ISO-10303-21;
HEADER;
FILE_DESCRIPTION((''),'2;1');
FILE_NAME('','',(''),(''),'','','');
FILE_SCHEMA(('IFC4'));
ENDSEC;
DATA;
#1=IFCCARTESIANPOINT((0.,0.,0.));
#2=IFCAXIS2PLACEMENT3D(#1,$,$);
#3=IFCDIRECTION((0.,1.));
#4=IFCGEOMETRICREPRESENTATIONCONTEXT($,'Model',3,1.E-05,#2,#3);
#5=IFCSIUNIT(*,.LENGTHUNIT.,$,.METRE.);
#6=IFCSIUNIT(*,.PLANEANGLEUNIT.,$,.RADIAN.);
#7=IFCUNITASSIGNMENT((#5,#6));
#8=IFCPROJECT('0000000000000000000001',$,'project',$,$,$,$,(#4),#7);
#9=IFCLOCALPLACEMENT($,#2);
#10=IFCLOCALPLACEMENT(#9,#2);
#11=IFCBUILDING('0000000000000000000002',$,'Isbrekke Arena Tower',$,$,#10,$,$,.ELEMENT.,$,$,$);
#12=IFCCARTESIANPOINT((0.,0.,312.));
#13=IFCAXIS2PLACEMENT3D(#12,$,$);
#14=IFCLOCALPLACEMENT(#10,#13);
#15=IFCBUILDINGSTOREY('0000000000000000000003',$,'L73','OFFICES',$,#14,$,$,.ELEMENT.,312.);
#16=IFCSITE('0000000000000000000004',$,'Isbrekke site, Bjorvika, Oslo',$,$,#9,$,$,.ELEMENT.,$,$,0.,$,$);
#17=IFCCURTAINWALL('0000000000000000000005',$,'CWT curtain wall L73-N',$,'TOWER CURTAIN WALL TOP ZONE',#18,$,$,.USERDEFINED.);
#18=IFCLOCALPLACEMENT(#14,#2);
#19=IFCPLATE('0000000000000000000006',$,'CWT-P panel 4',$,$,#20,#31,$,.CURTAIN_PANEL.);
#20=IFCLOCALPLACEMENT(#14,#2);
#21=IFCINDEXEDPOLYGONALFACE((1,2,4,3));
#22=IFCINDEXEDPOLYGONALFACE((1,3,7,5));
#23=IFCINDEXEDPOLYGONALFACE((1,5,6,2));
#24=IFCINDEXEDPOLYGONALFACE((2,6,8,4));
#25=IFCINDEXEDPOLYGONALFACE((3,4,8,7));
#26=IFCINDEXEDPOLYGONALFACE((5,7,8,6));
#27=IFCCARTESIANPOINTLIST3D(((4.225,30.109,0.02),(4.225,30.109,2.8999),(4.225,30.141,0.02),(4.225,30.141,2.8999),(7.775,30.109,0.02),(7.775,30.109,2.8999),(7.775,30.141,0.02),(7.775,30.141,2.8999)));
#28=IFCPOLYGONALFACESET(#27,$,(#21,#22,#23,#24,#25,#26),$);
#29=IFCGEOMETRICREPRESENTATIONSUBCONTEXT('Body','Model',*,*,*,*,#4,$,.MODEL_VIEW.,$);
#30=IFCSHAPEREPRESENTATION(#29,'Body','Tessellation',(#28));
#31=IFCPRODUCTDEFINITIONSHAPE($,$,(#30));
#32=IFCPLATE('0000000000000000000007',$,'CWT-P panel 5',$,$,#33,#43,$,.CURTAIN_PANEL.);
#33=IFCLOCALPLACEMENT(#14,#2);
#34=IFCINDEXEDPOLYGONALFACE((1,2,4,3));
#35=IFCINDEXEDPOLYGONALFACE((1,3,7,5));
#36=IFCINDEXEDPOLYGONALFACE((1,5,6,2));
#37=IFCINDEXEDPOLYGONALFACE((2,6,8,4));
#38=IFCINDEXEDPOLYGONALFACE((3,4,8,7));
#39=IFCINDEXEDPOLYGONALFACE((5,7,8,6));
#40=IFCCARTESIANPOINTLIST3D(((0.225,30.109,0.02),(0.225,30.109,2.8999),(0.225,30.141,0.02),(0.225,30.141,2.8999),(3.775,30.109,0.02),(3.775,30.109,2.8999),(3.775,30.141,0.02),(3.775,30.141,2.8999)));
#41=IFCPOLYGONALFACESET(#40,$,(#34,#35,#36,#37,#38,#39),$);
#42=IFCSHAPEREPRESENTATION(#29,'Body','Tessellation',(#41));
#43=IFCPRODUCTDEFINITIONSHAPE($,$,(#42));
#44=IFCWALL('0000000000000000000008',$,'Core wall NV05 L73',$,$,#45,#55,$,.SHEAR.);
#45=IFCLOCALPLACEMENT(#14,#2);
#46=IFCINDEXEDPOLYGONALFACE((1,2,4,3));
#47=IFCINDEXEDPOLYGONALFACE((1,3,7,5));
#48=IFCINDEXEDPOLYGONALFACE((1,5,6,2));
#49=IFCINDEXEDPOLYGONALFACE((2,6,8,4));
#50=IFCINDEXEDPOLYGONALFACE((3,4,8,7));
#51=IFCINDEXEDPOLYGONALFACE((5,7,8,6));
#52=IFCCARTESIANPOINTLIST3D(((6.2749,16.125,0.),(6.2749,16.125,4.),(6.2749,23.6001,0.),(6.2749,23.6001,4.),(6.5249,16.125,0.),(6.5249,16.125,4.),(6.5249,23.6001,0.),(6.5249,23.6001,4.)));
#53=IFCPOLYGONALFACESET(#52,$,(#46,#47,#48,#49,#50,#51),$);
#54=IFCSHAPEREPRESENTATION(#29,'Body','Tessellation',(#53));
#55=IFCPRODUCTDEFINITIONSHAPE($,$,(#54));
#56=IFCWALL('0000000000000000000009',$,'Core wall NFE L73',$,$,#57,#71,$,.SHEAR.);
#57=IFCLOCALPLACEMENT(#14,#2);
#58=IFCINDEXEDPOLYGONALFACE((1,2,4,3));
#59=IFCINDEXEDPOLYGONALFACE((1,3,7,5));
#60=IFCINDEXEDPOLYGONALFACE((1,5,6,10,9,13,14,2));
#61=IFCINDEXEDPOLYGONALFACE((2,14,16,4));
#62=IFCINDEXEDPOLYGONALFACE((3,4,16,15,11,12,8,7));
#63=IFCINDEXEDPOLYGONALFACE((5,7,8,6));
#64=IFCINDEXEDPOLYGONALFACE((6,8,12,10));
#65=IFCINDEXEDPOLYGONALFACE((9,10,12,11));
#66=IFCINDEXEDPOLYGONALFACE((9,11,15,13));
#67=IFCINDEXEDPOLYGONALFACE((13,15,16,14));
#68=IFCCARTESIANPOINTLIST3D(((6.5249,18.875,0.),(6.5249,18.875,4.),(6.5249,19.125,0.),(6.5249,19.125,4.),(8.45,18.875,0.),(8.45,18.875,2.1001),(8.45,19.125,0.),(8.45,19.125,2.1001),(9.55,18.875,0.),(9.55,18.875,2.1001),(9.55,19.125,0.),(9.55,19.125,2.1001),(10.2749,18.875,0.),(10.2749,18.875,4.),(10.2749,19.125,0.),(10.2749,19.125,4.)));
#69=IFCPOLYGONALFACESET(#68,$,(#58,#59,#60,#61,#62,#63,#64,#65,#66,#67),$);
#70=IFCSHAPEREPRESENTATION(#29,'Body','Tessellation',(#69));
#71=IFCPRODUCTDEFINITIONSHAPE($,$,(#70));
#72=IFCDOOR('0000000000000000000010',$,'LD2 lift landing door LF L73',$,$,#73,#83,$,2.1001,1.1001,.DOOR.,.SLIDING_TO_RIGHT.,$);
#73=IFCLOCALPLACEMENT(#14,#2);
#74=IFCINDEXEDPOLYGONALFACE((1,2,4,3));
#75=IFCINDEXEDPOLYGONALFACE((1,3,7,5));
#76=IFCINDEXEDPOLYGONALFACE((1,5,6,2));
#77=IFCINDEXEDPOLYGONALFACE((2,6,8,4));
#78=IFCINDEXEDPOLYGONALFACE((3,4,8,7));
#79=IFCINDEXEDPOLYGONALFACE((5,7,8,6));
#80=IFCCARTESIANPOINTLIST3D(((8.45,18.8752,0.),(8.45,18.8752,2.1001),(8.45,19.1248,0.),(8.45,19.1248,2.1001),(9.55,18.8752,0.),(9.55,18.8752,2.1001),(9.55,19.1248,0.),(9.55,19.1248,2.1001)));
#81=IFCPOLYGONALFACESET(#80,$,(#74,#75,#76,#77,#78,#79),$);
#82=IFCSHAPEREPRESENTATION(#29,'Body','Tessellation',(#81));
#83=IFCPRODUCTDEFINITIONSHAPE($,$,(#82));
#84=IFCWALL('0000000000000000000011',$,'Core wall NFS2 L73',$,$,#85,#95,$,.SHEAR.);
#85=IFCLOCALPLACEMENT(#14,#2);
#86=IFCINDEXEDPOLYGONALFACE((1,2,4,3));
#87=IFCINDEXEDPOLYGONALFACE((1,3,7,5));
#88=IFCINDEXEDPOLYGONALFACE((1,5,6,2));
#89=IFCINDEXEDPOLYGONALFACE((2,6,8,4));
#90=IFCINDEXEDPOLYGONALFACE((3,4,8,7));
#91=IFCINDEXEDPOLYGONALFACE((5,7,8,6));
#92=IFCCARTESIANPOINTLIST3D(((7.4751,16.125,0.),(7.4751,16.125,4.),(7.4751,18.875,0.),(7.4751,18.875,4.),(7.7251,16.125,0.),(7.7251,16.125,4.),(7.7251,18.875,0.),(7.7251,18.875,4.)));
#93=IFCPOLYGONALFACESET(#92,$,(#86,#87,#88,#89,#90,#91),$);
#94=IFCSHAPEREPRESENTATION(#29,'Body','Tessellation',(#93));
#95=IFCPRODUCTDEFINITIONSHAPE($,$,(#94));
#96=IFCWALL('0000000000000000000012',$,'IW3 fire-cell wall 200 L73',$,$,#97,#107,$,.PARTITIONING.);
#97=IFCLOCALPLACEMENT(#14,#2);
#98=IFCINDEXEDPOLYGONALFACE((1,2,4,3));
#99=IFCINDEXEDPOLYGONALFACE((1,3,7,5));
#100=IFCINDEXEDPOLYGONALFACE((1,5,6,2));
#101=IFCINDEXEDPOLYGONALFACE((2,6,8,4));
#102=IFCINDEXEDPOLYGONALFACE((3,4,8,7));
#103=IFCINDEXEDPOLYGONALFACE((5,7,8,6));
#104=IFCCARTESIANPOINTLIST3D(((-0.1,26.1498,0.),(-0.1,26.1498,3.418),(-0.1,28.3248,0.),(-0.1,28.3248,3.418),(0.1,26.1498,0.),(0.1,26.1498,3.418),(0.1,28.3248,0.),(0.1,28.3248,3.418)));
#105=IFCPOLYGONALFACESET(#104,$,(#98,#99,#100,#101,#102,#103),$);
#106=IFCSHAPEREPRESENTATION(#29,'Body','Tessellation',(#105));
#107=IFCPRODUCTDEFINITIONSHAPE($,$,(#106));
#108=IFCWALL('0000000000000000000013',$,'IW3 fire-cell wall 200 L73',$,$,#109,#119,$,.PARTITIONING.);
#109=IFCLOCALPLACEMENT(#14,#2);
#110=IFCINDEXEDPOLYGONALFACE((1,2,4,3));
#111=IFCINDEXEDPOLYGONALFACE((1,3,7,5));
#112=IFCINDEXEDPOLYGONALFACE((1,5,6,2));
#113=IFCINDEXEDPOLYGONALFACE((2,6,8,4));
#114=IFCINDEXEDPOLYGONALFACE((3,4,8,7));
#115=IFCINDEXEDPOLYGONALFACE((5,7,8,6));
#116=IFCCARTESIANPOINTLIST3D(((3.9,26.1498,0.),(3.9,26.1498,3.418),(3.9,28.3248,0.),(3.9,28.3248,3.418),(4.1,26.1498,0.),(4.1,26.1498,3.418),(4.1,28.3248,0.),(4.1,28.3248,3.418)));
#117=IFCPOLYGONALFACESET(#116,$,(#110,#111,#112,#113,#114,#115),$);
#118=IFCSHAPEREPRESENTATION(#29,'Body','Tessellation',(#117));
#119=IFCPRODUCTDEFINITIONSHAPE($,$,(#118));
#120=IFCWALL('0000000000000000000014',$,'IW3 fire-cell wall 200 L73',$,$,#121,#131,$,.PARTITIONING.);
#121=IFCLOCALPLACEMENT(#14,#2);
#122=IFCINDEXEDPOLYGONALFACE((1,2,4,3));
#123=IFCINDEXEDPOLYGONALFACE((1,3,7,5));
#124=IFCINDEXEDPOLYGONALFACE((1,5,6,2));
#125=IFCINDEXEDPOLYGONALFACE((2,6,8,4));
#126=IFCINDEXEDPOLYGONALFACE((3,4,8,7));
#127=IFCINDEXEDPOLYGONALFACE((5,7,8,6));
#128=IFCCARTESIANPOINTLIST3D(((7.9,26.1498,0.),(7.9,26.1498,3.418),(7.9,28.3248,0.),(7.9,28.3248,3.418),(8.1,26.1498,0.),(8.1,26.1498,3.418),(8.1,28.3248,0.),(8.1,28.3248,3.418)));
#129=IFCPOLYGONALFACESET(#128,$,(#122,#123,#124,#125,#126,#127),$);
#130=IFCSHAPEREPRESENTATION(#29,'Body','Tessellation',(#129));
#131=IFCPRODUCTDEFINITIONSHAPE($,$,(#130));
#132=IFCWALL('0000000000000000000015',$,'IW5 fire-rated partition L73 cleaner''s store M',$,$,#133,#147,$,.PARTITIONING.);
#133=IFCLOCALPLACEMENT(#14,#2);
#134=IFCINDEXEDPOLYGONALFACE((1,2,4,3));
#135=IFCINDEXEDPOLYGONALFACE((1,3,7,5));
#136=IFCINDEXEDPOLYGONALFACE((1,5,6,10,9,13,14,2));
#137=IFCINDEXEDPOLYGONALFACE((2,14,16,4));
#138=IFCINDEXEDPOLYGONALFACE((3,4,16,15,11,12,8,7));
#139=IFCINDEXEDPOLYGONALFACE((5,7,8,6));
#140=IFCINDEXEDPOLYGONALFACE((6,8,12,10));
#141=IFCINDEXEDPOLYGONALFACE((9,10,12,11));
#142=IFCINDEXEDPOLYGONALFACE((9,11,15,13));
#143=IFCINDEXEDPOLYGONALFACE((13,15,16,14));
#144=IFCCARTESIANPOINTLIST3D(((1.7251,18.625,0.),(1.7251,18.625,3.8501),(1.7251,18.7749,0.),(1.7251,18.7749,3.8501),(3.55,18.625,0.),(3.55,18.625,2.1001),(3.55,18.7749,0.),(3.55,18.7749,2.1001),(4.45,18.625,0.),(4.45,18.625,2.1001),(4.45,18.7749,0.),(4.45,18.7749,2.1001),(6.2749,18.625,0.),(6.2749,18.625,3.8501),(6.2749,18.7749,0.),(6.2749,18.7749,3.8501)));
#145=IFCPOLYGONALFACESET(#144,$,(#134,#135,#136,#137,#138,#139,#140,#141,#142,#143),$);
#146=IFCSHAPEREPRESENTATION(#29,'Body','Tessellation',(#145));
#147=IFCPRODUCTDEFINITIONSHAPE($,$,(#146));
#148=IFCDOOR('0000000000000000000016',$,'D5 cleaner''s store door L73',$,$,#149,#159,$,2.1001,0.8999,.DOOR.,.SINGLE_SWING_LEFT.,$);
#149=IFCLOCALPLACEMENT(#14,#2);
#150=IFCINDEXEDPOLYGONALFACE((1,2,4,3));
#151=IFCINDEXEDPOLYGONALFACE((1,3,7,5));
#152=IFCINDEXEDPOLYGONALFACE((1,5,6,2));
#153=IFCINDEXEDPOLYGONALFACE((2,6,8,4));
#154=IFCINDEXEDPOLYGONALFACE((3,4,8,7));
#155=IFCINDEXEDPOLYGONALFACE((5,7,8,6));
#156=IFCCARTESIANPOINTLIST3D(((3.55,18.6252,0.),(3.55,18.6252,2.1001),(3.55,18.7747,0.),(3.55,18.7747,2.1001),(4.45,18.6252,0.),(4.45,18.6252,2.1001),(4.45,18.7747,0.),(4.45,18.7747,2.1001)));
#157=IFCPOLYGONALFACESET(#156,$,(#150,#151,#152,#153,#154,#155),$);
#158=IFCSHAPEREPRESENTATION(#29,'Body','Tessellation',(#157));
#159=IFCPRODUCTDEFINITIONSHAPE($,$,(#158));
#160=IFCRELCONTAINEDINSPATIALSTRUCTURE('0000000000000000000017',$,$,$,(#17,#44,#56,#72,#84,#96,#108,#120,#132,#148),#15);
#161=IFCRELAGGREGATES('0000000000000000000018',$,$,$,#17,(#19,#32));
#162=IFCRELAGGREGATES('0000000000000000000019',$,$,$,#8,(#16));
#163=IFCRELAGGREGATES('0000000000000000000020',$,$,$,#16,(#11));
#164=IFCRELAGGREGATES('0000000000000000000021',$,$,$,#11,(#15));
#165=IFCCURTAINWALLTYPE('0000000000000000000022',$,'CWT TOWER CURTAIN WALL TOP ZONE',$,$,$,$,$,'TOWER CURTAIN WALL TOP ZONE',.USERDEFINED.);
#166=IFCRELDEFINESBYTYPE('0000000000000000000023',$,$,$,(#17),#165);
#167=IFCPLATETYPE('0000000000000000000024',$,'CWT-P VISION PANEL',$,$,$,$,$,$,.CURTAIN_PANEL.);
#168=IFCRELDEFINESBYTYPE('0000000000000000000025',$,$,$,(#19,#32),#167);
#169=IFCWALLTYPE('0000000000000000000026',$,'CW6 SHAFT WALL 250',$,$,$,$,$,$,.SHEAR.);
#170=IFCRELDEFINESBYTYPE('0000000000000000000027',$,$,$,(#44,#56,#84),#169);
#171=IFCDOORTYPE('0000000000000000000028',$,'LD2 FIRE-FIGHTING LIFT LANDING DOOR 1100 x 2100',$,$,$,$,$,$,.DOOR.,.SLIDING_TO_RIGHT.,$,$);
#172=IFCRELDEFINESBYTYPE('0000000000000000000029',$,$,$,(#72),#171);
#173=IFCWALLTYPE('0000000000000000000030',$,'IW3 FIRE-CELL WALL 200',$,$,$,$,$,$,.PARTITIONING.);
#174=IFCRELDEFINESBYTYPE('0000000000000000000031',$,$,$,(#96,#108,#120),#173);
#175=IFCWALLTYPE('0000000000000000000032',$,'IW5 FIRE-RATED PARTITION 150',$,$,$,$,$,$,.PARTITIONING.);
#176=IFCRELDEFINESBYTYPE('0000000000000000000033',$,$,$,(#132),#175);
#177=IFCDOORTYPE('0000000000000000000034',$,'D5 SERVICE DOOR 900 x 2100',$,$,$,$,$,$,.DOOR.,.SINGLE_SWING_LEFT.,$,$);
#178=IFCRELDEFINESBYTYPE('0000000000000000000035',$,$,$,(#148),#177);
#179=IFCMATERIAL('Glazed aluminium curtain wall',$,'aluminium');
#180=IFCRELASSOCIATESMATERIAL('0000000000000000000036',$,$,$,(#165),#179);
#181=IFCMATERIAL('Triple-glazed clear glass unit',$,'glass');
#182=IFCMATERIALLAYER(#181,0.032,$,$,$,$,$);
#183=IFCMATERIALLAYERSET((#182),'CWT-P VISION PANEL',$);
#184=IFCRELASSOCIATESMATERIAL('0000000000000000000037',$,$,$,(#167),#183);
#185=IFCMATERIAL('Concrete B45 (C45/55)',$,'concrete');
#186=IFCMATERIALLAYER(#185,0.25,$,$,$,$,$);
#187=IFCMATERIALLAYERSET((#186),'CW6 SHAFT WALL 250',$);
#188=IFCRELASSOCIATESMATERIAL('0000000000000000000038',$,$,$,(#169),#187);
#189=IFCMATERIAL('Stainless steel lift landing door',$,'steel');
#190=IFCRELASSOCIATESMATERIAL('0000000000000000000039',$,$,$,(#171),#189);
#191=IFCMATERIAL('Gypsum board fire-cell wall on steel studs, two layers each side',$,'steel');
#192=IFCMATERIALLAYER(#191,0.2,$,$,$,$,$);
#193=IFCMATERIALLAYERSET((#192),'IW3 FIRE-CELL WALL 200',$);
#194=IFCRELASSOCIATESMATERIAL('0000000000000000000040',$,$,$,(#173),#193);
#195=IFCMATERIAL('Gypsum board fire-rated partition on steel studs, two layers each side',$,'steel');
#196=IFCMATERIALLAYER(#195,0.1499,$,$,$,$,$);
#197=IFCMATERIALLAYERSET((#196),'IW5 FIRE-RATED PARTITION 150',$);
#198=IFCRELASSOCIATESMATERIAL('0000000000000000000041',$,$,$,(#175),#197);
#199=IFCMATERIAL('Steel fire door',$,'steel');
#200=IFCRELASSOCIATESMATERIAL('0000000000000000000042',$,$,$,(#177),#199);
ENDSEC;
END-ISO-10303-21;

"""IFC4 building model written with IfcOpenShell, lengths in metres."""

from ifc_helpers import new_model, si_unit, direction, frame, frame_2d, origin, origin_2d, place, context, subcontext, project, spatial, rectangle, extrude, material, layer, layer_set, type_object, element, fill, aggregate, save


model = new_model("IFC4")

# Units and contexts
model_context = context("Model", 3, precision=1e-05, world=origin(), true_north=direction((0.0, 1.0)))
body_context = subcontext(model_context, "Body", "Model", "MODEL_VIEW")
ifc_project = project(units=[si_unit("LENGTHUNIT", "METRE"), si_unit("PLANEANGLEUNIT", "RADIAN")], contexts=[model_context])

# Site, building, storey
site_placement = place(None, origin())
site = spatial("IfcSite", under=ifc_project, at=site_placement, Name="Isbrekke site, Bjorvika, Oslo", CompositionType="ELEMENT", RefElevation=0.0)
building_placement = place(site_placement, origin())
building = spatial("IfcBuilding", under=site, at=building_placement, Name="Isbrekke Arena Tower", CompositionType="ELEMENT")
storey_placement = place(building_placement, frame((0.0, 0.0, 312.0)))
storey = spatial("IfcBuildingStorey", under=building, at=storey_placement, Name="L73", Description="OFFICES", CompositionType="ELEMENT", Elevation=312.0)

# Curtain wall
ifc_material_1 = material(Name="Glazed aluminium curtain wall", Category="aluminium")
curtain_wall_type = type_object("IfcCurtainWallType", Name="CWT TOWER CURTAIN WALL TOP ZONE", ElementType="TOWER CURTAIN WALL TOP ZONE", PredefinedType="USERDEFINED", material=ifc_material_1)
curtain_wall_placement = place(storey_placement, origin())
curtain_wall = element("IfcCurtainWall", 1, at=curtain_wall_placement, inside=storey, type_object=curtain_wall_type, Name="CWT curtain wall L73-N", ObjectType="TOWER CURTAIN WALL TOP ZONE", PredefinedType="USERDEFINED")

# Plates
ifc_material_2 = material(Name="Triple-glazed clear glass unit", Category="glass")
ifc_layer_1 = layer(ifc_material_2, 0.032)
ifc_layer_set_1 = layer_set([ifc_layer_1], Name="CWT-P VISION PANEL")
plate_type = type_object("IfcPlateType", Name="CWT-P VISION PANEL", PredefinedType="CURTAIN_PANEL", material=ifc_layer_set_1)
plate_1_placement = place(storey_placement, frame((6.0, 30.125, 0.02), z_axis=(0.0, 0.0, 1.0), x_axis=(-1.0, 0.0, 0.0)))
plate_1 = element("IfcPlate", 2, at=plate_1_placement, type_object=plate_type, Name="CWT-P panel 4", PredefinedType="CURTAIN_PANEL", context=body_context, shape_type="SweptSolid", body=[
    extrude(rectangle(XDim=3.55, YDim=0.032, at=origin_2d()), origin(), (0.0, 0.0, 1.0), 2.8799),
])
plate_2_placement = place(storey_placement, frame((2.0, 30.125, 0.02), z_axis=(0.0, 0.0, 1.0), x_axis=(-1.0, 0.0, 0.0)))
plate_2 = element("IfcPlate", 3, at=plate_2_placement, type_object=plate_type, Name="CWT-P panel 5", PredefinedType="CURTAIN_PANEL", context=body_context, shape_type="SweptSolid", body=[
    extrude(rectangle(XDim=3.55, YDim=0.032, at=origin_2d()), origin(), (0.0, 0.0, 1.0), 2.8799),
])
aggregate(curtain_wall, [plate_1, plate_2])

# Wall
ifc_material_3 = material(Name="Concrete B45 (C45/55)", Category="concrete")
ifc_layer_2 = layer(ifc_material_3, 0.25)
ifc_layer_set_2 = layer_set([ifc_layer_2], Name="CW6 SHAFT WALL 250")
wall_type_1 = type_object("IfcWallType", Name="CW6 SHAFT WALL 250", PredefinedType="SHEAR", material=ifc_layer_set_2)
wall_1_placement = place(storey_placement, frame((6.3999, 16.125, 0.0), z_axis=(0.0, 0.0, 1.0), x_axis=(0.0, 1.0, 0.0)))
element("IfcWall", 4, at=wall_1_placement, inside=storey, type_object=wall_type_1, Name="Core wall NV05 L73", PredefinedType="SHEAR", context=body_context, shape_type="SweptSolid", body=[
    extrude(rectangle(XDim=7.4751, YDim=0.25, at=frame_2d((3.7375, 0.0))), origin(), (0.0, 0.0, 1.0), 4.0),
])

# Wall, opening, door
wall_2_placement = place(storey_placement, frame((6.5249, 19.0, 0.0), z_axis=(0.0, 0.0, 1.0), x_axis=(1.0, 0.0, 0.0)))
wall_2 = element("IfcWall", 5, at=wall_2_placement, inside=storey, type_object=wall_type_1, Name="Core wall NFE L73", PredefinedType="SHEAR", context=body_context, shape_type="SweptSolid", body=[
    extrude(rectangle(XDim=3.75, YDim=0.25, at=frame_2d((1.875, 0.0))), origin(), (0.0, 0.0, 1.0), 4.0),
])
opening_1_placement = place(wall_2_placement, frame((1.925, 0.0, 0.0)))
opening_1 = element("IfcOpeningElement", 6, at=opening_1_placement, cuts=wall_2, PredefinedType="OPENING", context=body_context, shape_type="SweptSolid", body=[
    extrude(rectangle(XDim=1.1001, YDim=2.1001, at=frame_2d((0.55, 1.05))), frame((0.0, 0.1399, 0.0), z_axis=(0.0, -1.0, 0.0), x_axis=(1.0, 0.0, 0.0)), (0.0, 0.0, 1.0), 0.2798),
])
ifc_material_4 = material(Name="Stainless steel lift landing door", Category="steel")
door_type_1 = type_object("IfcDoorType", Name="LD2 FIRE-FIGHTING LIFT LANDING DOOR 1100 x 2100", OperationType="SLIDING_TO_RIGHT", PredefinedType="DOOR", material=ifc_material_4)
door_1_placement = place(opening_1_placement, origin())
door_1 = element("IfcDoor", 7, at=door_1_placement, inside=storey, type_object=door_type_1, Name="LD2 lift landing door LF L73", OperationType="SLIDING_TO_RIGHT", OverallHeight=2.1001, OverallWidth=1.1001, PredefinedType="DOOR", context=body_context, shape_type="SweptSolid", body=[
    extrude(rectangle(XDim=1.1001, YDim=2.1001, at=frame_2d((0.55, 1.05))), frame((0.0, 0.1248, 0.0), z_axis=(0.0, -1.0, 0.0), x_axis=(1.0, 0.0, 0.0)), (0.0, 0.0, 1.0), 0.2495),
])
fill(opening_1, door_1)

# Walls
wall_3_placement = place(storey_placement, frame((7.6001, 16.125, 0.0), z_axis=(0.0, 0.0, 1.0), x_axis=(0.0, 1.0, 0.0)))
element("IfcWall", 8, at=wall_3_placement, inside=storey, type_object=wall_type_1, Name="Core wall NFS2 L73", PredefinedType="SHEAR", context=body_context, shape_type="SweptSolid", body=[
    extrude(rectangle(XDim=2.75, YDim=0.25, at=frame_2d((1.375, 0.0))), origin(), (0.0, 0.0, 1.0), 4.0),
])
ifc_material_5 = material(Name="Gypsum board fire-cell wall on steel studs, two layers each side", Category="steel")
ifc_layer_3 = layer(ifc_material_5, 0.2)
ifc_layer_set_3 = layer_set([ifc_layer_3], Name="IW3 FIRE-CELL WALL 200")
wall_type_2 = type_object("IfcWallType", Name="IW3 FIRE-CELL WALL 200", PredefinedType="PARTITIONING", material=ifc_layer_set_3)
for number, where, z_axis, x_axis, name in (
    (9, (0.0, 26.1499, 0.0), (0.0, 0.0, 1.0), (0.0, 1.0, 0.0), "IW3 fire-cell wall 200 L73"),
    (10, (4.0, 26.1499, 0.0), (0.0, 0.0, 1.0), (0.0, 1.0, 0.0), "IW3 fire-cell wall 200 L73"),
    (11, (8.0, 26.1499, 0.0), (0.0, 0.0, 1.0), (0.0, 1.0, 0.0), "IW3 fire-cell wall 200 L73"),
):
    element("IfcWall", number, at=place(storey_placement, frame(where, z_axis=z_axis, x_axis=x_axis)), inside=storey, type_object=wall_type_2, Name=name, PredefinedType="PARTITIONING", context=body_context, shape_type="SweptSolid", body=[
        extrude(rectangle(XDim=2.175, YDim=0.2, at=frame_2d((1.0874, 0.0))), origin(), (0.0, 0.0, 1.0), 3.418),
    ])

# Wall, opening, door
ifc_material_6 = material(Name="Gypsum board fire-rated partition on steel studs, two layers each side", Category="steel")
ifc_layer_4 = layer(ifc_material_6, 0.1499)
ifc_layer_set_4 = layer_set([ifc_layer_4], Name="IW5 FIRE-RATED PARTITION 150")
wall_type_3 = type_object("IfcWallType", Name="IW5 FIRE-RATED PARTITION 150", PredefinedType="PARTITIONING", material=ifc_layer_set_4)
wall_4_placement = place(storey_placement, frame((1.7251, 18.7, 0.0), z_axis=(0.0, 0.0, 1.0), x_axis=(1.0, 0.0, 0.0)))
wall_4 = element("IfcWall", 12, at=wall_4_placement, inside=storey, type_object=wall_type_3, Name="IW5 fire-rated partition L73 cleaner's store M", PredefinedType="PARTITIONING", context=body_context, shape_type="SweptSolid", body=[
    extrude(rectangle(XDim=4.5498, YDim=0.1499, at=frame_2d((2.2749, 0.0))), origin(), (0.0, 0.0, 1.0), 3.8501),
])
opening_2_placement = place(wall_4_placement, frame((1.825, 0.0, 0.0)))
opening_2 = element("IfcOpeningElement", 13, at=opening_2_placement, cuts=wall_4, PredefinedType="OPENING", context=body_context, shape_type="SweptSolid", body=[
    extrude(rectangle(XDim=0.8999, YDim=2.1001, at=frame_2d((0.45, 1.05))), frame((0.0, 0.0898, 0.0), z_axis=(0.0, -1.0, 0.0), x_axis=(1.0, 0.0, 0.0)), (0.0, 0.0, 1.0), 0.1797),
])
ifc_material_7 = material(Name="Steel fire door", Category="steel")
door_type_2 = type_object("IfcDoorType", Name="D5 SERVICE DOOR 900 x 2100", OperationType="SINGLE_SWING_LEFT", PredefinedType="DOOR", material=ifc_material_7)
door_2_placement = place(opening_2_placement, origin())
door_2 = element("IfcDoor", 14, at=door_2_placement, inside=storey, type_object=door_type_2, Name="D5 cleaner's store door L73", OperationType="SINGLE_SWING_LEFT", OverallHeight=2.1001, OverallWidth=0.8999, PredefinedType="DOOR", context=body_context, shape_type="SweptSolid", body=[
    extrude(rectangle(XDim=0.8999, YDim=2.1001, at=frame_2d((0.45, 1.05))), frame((0.0, 0.0747, 0.0), z_axis=(0.0, -1.0, 0.0), x_axis=(1.0, 0.0, 0.0)), (0.0, 0.0, 1.0), 0.1494),
])
fill(opening_2, door_2)

save(model, "model.ifc")
